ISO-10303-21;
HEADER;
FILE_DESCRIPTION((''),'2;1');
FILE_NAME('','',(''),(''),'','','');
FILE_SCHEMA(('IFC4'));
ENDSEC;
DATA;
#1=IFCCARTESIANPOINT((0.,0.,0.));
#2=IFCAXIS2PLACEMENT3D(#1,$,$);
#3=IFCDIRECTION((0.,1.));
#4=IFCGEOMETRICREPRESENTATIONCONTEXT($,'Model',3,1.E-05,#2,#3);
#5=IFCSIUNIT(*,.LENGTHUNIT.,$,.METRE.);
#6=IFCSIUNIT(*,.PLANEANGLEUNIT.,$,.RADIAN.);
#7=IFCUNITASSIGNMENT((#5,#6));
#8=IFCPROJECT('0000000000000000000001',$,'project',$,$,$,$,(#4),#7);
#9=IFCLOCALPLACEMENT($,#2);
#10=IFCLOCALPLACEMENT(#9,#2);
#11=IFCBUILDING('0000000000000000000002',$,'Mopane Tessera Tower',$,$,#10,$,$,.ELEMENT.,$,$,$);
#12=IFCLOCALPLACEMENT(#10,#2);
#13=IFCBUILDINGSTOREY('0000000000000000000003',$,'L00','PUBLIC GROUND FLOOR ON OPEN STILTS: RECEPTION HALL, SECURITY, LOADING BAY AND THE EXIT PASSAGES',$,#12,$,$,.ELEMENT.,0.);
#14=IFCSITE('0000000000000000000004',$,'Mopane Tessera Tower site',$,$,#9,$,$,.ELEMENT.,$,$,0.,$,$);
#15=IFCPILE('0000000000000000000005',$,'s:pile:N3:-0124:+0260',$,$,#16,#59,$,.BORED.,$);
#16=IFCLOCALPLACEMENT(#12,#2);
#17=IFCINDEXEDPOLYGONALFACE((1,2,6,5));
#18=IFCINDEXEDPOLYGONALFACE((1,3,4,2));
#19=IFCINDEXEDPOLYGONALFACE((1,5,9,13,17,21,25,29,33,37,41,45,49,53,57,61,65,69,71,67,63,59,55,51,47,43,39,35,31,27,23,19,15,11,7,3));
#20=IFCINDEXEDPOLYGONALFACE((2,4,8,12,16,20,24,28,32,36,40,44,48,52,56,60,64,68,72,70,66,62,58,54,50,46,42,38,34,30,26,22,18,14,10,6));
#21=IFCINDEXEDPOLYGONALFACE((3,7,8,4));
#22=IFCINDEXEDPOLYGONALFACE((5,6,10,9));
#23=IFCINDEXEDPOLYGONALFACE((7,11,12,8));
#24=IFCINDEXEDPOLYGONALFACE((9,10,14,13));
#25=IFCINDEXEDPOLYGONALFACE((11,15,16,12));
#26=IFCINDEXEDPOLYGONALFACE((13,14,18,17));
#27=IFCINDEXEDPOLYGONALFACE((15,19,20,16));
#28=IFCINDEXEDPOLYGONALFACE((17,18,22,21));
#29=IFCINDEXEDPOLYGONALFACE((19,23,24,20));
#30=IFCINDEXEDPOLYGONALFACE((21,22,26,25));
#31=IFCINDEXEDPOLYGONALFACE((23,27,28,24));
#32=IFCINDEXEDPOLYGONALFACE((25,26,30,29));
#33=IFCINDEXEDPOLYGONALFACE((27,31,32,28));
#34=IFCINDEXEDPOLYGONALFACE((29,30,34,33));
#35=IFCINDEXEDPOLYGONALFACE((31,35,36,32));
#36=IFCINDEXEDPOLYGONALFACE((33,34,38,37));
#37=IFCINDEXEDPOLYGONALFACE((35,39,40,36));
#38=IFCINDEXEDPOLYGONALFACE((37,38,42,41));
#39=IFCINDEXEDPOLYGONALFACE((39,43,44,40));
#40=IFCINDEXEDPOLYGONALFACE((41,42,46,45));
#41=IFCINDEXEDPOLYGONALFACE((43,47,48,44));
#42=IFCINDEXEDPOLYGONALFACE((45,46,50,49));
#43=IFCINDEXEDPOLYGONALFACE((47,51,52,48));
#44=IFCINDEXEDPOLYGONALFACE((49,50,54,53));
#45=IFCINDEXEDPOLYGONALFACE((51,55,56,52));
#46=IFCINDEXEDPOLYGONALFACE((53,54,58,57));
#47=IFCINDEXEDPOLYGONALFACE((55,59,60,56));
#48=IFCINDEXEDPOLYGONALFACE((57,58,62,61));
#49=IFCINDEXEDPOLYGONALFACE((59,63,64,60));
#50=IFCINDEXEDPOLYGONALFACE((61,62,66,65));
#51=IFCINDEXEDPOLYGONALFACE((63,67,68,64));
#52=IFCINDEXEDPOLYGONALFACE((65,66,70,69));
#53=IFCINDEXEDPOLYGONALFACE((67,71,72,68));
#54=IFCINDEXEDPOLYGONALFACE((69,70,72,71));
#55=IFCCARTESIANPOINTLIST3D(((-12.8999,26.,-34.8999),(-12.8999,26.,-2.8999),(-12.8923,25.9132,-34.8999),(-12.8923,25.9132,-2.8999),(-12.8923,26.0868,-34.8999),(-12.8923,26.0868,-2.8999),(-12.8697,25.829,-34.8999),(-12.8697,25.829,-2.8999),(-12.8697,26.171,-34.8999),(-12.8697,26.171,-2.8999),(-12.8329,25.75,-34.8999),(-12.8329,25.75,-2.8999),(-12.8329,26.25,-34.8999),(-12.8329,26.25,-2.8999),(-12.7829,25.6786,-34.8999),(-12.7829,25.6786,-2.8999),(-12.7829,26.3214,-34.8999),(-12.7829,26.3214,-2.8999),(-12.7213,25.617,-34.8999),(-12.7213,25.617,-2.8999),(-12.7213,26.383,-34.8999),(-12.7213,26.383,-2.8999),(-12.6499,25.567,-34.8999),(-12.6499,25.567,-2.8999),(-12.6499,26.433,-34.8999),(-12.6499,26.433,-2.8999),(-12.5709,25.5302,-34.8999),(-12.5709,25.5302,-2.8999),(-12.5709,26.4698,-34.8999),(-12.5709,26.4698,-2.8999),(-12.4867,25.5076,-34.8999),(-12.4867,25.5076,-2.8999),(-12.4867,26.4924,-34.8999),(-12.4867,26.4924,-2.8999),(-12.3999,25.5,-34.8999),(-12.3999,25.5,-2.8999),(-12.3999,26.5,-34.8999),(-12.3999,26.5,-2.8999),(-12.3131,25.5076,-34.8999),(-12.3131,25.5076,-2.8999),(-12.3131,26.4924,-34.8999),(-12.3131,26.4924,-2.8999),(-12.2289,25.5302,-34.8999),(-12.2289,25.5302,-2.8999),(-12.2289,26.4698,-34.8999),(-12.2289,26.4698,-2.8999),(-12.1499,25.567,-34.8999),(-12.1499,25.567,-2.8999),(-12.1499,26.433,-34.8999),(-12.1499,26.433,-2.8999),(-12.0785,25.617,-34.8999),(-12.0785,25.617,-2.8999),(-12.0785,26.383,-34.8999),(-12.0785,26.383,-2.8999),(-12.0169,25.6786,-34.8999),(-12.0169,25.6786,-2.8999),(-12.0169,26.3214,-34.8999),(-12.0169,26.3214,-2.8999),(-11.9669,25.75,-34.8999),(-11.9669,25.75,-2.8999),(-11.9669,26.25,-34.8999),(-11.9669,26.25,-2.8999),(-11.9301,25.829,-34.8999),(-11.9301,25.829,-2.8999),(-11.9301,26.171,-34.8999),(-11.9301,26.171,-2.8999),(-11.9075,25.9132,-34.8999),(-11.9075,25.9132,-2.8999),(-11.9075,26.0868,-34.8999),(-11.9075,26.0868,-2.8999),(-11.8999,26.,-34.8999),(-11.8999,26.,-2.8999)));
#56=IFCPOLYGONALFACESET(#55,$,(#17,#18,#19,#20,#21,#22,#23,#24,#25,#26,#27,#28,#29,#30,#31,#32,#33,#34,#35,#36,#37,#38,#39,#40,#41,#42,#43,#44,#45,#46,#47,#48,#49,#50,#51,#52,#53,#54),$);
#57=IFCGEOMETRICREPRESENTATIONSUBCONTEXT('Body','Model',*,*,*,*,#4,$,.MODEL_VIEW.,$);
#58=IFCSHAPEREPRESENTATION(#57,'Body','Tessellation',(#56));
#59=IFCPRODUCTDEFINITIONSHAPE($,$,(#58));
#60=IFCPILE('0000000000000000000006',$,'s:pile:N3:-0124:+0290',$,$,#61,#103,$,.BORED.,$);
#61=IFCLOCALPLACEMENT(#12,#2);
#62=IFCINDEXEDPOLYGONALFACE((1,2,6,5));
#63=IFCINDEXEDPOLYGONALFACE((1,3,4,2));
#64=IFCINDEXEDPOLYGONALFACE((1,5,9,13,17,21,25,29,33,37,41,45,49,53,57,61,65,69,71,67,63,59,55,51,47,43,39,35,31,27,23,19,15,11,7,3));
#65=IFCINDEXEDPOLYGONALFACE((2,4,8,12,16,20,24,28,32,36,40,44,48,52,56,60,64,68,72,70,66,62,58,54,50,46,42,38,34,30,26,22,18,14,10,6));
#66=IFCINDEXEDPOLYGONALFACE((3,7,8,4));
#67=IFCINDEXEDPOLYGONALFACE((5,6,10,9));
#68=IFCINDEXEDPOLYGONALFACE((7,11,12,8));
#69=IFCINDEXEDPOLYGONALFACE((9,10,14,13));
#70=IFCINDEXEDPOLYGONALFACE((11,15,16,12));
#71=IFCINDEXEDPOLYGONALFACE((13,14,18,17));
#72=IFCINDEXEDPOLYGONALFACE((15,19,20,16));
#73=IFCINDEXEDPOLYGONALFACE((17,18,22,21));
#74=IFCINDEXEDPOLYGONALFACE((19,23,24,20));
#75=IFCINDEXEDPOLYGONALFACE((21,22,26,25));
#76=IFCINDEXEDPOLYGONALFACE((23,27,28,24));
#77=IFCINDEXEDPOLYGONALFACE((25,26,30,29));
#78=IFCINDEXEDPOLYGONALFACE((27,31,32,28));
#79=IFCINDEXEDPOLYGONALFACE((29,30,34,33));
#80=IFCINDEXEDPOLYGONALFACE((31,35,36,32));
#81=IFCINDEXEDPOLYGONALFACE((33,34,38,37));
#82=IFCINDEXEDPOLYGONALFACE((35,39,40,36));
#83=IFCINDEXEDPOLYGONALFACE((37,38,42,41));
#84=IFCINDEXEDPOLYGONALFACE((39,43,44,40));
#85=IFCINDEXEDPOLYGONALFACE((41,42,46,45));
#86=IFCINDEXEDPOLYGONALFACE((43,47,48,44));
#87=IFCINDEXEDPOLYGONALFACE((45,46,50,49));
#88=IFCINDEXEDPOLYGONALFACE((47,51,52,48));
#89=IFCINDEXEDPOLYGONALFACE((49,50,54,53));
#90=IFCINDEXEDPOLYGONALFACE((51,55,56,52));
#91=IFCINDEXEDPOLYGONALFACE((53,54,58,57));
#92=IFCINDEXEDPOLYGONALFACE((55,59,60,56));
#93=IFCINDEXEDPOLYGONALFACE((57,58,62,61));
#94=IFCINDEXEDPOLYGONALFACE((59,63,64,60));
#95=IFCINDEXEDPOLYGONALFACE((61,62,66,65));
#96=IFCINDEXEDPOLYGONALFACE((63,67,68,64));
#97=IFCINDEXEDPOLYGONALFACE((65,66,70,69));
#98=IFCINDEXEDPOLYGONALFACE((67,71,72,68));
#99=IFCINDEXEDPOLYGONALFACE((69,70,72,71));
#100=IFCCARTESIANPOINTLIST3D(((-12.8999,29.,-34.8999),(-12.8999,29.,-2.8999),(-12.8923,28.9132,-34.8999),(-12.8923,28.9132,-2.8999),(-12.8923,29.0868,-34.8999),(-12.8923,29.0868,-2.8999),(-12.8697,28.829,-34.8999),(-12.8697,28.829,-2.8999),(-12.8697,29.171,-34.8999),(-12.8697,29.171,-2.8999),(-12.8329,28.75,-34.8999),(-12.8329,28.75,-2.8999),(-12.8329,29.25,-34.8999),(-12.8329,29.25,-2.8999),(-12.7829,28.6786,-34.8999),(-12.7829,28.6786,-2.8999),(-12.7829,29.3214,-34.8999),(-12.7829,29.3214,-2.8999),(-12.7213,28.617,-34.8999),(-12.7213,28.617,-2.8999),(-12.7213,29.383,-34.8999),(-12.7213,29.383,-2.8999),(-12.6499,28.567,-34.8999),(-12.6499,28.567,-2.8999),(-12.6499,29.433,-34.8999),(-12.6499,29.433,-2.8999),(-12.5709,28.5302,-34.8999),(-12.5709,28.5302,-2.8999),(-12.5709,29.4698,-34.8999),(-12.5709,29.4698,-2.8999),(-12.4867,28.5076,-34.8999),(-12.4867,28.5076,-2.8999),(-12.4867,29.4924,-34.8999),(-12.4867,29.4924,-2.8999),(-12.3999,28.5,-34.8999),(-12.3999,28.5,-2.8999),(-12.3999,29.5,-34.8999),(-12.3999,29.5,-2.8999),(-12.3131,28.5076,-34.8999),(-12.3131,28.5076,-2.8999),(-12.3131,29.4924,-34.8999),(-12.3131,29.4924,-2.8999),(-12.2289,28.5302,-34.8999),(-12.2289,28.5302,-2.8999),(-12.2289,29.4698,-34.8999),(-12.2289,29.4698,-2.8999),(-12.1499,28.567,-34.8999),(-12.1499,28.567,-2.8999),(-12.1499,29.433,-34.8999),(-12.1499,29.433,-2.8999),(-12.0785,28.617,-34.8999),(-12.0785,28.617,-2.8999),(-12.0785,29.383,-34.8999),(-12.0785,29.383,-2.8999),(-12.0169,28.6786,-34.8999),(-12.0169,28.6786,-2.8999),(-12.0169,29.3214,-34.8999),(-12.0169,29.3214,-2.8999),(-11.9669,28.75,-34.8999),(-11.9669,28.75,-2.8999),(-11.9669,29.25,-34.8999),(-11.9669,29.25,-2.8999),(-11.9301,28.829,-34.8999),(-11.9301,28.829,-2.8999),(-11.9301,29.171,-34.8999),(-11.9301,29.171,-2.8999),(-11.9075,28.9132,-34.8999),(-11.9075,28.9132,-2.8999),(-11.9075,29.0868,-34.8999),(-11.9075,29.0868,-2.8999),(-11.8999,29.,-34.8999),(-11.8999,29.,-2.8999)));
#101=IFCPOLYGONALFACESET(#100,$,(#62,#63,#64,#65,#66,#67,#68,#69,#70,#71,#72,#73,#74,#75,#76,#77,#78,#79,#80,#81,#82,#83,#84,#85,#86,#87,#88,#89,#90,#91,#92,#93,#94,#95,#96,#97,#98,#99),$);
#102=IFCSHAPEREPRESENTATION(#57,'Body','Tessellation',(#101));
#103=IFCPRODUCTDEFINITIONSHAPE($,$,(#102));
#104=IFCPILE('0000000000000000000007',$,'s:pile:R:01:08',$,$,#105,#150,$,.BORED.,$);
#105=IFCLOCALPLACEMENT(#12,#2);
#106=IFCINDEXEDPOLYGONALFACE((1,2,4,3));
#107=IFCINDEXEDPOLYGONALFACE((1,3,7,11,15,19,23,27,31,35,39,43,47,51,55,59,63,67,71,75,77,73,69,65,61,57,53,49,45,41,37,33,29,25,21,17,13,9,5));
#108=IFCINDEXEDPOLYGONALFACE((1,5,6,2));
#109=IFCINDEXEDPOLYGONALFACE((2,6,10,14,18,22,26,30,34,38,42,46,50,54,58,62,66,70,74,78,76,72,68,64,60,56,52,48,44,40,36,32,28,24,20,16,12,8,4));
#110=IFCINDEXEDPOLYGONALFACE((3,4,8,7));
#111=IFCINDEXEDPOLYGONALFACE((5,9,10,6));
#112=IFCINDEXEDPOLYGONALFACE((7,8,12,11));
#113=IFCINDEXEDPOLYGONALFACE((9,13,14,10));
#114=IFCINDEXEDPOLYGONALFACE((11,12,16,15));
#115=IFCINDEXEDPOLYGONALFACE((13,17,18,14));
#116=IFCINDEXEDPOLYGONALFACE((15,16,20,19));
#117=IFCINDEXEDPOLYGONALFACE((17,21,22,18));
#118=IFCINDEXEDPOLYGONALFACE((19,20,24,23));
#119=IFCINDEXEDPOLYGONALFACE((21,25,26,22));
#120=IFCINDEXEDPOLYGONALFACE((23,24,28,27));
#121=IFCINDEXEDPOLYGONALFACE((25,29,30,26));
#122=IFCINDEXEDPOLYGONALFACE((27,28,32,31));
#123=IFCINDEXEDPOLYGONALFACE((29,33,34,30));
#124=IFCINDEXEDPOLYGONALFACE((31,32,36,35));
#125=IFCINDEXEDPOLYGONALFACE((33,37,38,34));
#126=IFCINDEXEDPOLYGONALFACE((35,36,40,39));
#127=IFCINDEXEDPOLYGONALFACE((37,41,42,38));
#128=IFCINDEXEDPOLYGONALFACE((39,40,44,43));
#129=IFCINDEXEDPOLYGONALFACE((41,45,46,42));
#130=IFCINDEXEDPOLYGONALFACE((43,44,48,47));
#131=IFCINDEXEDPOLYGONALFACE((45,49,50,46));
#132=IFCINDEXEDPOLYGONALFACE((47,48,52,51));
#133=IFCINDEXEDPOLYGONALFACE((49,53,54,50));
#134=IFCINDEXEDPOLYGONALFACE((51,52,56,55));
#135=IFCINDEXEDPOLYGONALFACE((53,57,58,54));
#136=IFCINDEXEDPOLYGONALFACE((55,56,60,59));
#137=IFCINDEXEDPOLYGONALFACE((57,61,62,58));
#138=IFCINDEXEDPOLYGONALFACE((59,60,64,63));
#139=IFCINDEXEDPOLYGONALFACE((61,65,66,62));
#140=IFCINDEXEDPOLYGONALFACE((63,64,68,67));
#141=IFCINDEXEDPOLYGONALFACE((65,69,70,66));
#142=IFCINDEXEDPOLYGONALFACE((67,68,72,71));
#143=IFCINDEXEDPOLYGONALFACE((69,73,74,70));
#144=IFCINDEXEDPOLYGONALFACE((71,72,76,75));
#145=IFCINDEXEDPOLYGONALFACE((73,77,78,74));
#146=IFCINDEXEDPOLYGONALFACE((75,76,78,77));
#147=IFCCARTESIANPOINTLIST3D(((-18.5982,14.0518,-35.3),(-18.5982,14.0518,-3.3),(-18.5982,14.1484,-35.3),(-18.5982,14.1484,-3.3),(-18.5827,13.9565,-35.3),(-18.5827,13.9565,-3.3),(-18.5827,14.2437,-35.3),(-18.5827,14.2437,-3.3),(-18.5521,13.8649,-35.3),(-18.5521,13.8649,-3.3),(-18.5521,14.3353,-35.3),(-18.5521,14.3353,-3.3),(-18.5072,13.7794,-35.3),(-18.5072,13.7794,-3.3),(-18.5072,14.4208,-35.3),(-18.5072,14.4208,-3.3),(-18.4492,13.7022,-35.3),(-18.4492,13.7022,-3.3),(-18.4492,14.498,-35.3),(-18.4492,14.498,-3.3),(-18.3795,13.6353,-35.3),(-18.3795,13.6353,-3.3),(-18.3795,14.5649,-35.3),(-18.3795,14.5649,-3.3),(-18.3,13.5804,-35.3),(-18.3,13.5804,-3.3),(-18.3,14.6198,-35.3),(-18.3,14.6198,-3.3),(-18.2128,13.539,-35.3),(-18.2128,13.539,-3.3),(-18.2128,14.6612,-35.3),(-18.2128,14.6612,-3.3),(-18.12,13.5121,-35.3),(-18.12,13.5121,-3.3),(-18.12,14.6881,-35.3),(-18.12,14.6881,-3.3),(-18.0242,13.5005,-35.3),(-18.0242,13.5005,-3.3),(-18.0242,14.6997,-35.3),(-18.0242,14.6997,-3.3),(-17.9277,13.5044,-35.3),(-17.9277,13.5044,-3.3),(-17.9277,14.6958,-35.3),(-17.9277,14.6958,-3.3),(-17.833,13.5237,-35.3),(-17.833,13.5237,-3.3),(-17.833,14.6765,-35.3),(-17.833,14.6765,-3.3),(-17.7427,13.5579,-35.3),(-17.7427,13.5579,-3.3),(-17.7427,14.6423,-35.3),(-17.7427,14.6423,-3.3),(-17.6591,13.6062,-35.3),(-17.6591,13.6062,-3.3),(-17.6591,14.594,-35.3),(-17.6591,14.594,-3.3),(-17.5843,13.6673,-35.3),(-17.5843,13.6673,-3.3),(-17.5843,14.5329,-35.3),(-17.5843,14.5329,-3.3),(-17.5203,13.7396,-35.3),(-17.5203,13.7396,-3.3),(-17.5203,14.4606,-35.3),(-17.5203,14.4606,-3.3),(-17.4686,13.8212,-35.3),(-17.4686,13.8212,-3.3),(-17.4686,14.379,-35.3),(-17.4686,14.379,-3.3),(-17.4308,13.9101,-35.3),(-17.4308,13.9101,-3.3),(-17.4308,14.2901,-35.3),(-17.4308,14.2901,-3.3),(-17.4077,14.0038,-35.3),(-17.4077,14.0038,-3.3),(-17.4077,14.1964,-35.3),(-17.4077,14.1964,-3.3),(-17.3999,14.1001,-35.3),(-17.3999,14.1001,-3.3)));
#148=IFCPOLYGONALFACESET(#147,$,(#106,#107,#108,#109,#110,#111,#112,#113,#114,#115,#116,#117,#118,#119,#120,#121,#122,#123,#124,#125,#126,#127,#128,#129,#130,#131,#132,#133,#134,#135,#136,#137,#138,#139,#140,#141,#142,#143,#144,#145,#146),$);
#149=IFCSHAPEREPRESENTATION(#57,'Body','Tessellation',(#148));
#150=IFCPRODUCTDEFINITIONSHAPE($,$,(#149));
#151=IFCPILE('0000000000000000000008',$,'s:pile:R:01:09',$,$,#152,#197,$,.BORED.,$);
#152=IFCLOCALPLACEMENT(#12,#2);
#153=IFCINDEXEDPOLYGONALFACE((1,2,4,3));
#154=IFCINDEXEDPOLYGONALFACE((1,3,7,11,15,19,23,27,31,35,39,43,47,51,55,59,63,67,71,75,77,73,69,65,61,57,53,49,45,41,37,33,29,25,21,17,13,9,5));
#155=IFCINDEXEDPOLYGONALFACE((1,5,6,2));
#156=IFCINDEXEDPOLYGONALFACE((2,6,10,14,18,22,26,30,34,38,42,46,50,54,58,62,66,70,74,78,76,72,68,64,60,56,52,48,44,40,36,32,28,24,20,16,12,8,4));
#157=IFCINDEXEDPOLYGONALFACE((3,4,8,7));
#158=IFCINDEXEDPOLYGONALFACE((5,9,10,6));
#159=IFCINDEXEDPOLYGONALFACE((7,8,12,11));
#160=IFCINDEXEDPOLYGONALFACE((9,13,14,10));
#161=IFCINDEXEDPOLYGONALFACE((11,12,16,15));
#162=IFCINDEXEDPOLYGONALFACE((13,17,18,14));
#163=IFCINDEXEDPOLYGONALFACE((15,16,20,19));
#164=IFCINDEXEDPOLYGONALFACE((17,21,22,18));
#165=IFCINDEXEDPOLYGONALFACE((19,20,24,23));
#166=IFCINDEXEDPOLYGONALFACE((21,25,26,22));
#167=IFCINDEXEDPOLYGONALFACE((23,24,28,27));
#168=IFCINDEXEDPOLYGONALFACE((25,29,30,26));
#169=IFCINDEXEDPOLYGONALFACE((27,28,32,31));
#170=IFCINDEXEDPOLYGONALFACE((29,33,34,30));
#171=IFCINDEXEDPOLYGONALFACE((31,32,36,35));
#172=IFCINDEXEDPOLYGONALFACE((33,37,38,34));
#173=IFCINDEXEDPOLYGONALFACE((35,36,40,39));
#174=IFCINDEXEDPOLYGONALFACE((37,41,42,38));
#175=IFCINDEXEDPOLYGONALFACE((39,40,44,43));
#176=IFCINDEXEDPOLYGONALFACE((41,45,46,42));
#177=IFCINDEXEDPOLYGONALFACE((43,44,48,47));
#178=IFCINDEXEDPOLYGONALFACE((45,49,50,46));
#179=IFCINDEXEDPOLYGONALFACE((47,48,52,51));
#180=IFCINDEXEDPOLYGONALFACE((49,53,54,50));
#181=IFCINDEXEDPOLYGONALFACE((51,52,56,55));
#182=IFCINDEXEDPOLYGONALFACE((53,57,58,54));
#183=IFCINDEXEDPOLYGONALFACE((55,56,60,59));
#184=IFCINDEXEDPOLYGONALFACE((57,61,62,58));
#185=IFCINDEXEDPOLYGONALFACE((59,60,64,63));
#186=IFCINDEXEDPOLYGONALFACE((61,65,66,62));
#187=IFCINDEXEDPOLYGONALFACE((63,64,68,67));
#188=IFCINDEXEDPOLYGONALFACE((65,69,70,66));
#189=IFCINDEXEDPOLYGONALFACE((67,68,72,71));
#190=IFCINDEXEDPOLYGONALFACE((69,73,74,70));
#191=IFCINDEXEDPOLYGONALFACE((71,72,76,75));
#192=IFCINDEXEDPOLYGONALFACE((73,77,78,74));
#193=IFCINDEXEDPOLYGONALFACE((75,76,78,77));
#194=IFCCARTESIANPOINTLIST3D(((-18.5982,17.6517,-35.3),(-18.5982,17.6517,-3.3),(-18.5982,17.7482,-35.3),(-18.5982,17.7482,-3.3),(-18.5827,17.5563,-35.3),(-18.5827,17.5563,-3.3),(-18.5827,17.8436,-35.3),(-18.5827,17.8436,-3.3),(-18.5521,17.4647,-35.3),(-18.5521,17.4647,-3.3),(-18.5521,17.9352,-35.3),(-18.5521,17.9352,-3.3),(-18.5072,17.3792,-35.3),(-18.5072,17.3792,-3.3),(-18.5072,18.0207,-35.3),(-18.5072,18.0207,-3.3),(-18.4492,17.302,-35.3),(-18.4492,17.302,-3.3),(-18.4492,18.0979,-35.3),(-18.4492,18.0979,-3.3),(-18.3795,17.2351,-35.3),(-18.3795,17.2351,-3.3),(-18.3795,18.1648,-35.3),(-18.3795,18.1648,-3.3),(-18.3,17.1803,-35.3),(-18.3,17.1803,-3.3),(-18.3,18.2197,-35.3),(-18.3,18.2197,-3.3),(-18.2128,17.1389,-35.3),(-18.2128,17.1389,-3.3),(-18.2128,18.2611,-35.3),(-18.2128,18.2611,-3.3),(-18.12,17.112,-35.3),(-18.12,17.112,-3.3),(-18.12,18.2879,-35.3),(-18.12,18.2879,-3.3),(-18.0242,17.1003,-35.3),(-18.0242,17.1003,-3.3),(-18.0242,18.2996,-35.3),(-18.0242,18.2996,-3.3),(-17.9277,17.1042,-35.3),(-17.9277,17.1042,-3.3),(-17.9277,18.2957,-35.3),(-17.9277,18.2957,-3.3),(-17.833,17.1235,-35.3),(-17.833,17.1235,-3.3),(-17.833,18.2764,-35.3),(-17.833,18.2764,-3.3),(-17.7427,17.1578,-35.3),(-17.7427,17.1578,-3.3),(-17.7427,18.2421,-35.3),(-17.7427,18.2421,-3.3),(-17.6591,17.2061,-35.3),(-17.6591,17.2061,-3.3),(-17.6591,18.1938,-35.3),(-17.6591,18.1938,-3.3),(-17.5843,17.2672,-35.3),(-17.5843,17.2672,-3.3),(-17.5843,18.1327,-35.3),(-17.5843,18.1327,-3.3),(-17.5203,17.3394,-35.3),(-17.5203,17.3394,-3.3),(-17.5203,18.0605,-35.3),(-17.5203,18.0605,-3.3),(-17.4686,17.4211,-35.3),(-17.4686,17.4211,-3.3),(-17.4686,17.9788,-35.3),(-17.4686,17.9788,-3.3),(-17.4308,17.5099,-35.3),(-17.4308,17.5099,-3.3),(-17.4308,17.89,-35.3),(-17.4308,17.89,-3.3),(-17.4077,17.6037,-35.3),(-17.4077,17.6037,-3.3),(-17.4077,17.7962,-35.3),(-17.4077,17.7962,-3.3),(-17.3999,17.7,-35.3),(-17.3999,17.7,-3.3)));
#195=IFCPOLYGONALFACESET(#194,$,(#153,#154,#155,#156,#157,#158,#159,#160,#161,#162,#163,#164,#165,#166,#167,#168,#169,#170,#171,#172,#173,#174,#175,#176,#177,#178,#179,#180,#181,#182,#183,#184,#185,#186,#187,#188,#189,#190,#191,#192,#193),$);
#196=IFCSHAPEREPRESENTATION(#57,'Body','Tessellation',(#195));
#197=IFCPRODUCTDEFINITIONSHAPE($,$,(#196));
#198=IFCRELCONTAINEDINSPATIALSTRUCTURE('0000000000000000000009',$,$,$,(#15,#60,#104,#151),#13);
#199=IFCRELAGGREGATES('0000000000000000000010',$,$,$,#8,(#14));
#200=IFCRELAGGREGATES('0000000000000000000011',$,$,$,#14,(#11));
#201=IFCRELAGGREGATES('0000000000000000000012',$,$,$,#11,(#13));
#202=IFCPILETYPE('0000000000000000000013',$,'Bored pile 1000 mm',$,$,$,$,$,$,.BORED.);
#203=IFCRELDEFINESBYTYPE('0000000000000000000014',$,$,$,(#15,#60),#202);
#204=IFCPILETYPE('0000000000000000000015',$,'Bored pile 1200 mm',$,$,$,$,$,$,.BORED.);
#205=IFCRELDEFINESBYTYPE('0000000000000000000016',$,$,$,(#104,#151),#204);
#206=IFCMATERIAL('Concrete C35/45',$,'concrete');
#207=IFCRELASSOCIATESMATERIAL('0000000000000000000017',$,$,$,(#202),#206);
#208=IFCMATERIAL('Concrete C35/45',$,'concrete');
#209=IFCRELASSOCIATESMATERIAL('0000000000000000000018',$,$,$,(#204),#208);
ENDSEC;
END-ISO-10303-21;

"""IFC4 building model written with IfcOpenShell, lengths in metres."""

from ifc_helpers import new_model, si_unit, direction, frame, origin, origin_2d, place, context, subcontext, project, spatial, circle, extrude, material, material_profile, profile_set, type_object, element, save


model = new_model("IFC4")

# Units and contexts
model_context = context("Model", 3, precision=1e-05, world=origin(), true_north=direction((0.0, 1.0)))
body_context = subcontext(model_context, "Body", "Model", "MODEL_VIEW")
ifc_project = project(units=[si_unit("LENGTHUNIT", "METRE"), si_unit("PLANEANGLEUNIT", "RADIAN")], contexts=[model_context])

# Site, building, storey
site_placement = place(None, origin())
site = spatial("IfcSite", under=ifc_project, at=site_placement, Name="Mopane Tessera Tower site", CompositionType="ELEMENT", RefElevation=0.0)
building_placement = place(site_placement, origin())
building = spatial("IfcBuilding", under=site, at=building_placement, Name="Mopane Tessera Tower", CompositionType="ELEMENT")
storey_placement = place(building_placement, origin())
storey = spatial("IfcBuildingStorey", under=building, at=storey_placement, Name="L00", Description="PUBLIC GROUND FLOOR ON OPEN STILTS: RECEPTION HALL, SECURITY, LOADING BAY AND THE EXIT PASSAGES", CompositionType="ELEMENT", Elevation=0.0)

# Piles
ifc_material_1 = material(Name="Concrete C35/45", Category="concrete")
ifc_material_profile_1 = material_profile(ifc_material_1, circle(Radius=0.5, at=origin_2d()))
ifc_profile_set_1 = profile_set([ifc_material_profile_1], Name="Concrete C35/45")
pile_type_1 = type_object("IfcPileType", Name="Bored pile 1000 mm", PredefinedType="BORED", material=ifc_profile_set_1)
for number, where, z_axis, x_axis, name in (
    (1, (-12.3999, 26.0, -2.8999), (0.0, 0.0, -1.0), (1.0, 0.0, 0.0), "s:pile:N3:-0124:+0260"),
    (2, (-12.3999, 29.0, -2.8999), (0.0, 0.0, -1.0), (1.0, 0.0, 0.0), "s:pile:N3:-0124:+0290"),
):
    element("IfcPile", number, at=place(storey_placement, frame(where, z_axis=z_axis, x_axis=x_axis)), inside=storey, type_object=pile_type_1, Name=name, PredefinedType="BORED", context=body_context, shape_type="SweptSolid", body=[
        extrude(circle(Radius=0.5, at=origin_2d()), origin(), (0.0, 0.0, 1.0), 32.0),
    ])
ifc_material_2 = material(Name="Concrete C35/45", Category="concrete")
ifc_material_profile_2 = material_profile(ifc_material_2, circle(Radius=0.6001, at=origin_2d()))
ifc_profile_set_2 = profile_set([ifc_material_profile_2], Name="Concrete C35/45")
pile_type_2 = type_object("IfcPileType", Name="Bored pile 1200 mm", PredefinedType="BORED", material=ifc_profile_set_2)
for number, where, z_axis, x_axis, name in (
    (3, (-18.0, 14.1001, -3.3), (0.0, 0.0, -1.0), (1.0, 0.0, 0.0), "s:pile:R:01:08"),
    (4, (-18.0, 17.7, -3.3), (0.0, 0.0, -1.0), (1.0, 0.0, 0.0), "s:pile:R:01:09"),
):
    element("IfcPile", number, at=place(storey_placement, frame(where, z_axis=z_axis, x_axis=x_axis)), inside=storey, type_object=pile_type_2, Name=name, PredefinedType="BORED", context=body_context, shape_type="SweptSolid", body=[
        extrude(circle(Radius=0.6001, at=origin_2d()), origin(), (0.0, 0.0, 1.0), 32.0),
    ])

save(model, "model.ifc")
